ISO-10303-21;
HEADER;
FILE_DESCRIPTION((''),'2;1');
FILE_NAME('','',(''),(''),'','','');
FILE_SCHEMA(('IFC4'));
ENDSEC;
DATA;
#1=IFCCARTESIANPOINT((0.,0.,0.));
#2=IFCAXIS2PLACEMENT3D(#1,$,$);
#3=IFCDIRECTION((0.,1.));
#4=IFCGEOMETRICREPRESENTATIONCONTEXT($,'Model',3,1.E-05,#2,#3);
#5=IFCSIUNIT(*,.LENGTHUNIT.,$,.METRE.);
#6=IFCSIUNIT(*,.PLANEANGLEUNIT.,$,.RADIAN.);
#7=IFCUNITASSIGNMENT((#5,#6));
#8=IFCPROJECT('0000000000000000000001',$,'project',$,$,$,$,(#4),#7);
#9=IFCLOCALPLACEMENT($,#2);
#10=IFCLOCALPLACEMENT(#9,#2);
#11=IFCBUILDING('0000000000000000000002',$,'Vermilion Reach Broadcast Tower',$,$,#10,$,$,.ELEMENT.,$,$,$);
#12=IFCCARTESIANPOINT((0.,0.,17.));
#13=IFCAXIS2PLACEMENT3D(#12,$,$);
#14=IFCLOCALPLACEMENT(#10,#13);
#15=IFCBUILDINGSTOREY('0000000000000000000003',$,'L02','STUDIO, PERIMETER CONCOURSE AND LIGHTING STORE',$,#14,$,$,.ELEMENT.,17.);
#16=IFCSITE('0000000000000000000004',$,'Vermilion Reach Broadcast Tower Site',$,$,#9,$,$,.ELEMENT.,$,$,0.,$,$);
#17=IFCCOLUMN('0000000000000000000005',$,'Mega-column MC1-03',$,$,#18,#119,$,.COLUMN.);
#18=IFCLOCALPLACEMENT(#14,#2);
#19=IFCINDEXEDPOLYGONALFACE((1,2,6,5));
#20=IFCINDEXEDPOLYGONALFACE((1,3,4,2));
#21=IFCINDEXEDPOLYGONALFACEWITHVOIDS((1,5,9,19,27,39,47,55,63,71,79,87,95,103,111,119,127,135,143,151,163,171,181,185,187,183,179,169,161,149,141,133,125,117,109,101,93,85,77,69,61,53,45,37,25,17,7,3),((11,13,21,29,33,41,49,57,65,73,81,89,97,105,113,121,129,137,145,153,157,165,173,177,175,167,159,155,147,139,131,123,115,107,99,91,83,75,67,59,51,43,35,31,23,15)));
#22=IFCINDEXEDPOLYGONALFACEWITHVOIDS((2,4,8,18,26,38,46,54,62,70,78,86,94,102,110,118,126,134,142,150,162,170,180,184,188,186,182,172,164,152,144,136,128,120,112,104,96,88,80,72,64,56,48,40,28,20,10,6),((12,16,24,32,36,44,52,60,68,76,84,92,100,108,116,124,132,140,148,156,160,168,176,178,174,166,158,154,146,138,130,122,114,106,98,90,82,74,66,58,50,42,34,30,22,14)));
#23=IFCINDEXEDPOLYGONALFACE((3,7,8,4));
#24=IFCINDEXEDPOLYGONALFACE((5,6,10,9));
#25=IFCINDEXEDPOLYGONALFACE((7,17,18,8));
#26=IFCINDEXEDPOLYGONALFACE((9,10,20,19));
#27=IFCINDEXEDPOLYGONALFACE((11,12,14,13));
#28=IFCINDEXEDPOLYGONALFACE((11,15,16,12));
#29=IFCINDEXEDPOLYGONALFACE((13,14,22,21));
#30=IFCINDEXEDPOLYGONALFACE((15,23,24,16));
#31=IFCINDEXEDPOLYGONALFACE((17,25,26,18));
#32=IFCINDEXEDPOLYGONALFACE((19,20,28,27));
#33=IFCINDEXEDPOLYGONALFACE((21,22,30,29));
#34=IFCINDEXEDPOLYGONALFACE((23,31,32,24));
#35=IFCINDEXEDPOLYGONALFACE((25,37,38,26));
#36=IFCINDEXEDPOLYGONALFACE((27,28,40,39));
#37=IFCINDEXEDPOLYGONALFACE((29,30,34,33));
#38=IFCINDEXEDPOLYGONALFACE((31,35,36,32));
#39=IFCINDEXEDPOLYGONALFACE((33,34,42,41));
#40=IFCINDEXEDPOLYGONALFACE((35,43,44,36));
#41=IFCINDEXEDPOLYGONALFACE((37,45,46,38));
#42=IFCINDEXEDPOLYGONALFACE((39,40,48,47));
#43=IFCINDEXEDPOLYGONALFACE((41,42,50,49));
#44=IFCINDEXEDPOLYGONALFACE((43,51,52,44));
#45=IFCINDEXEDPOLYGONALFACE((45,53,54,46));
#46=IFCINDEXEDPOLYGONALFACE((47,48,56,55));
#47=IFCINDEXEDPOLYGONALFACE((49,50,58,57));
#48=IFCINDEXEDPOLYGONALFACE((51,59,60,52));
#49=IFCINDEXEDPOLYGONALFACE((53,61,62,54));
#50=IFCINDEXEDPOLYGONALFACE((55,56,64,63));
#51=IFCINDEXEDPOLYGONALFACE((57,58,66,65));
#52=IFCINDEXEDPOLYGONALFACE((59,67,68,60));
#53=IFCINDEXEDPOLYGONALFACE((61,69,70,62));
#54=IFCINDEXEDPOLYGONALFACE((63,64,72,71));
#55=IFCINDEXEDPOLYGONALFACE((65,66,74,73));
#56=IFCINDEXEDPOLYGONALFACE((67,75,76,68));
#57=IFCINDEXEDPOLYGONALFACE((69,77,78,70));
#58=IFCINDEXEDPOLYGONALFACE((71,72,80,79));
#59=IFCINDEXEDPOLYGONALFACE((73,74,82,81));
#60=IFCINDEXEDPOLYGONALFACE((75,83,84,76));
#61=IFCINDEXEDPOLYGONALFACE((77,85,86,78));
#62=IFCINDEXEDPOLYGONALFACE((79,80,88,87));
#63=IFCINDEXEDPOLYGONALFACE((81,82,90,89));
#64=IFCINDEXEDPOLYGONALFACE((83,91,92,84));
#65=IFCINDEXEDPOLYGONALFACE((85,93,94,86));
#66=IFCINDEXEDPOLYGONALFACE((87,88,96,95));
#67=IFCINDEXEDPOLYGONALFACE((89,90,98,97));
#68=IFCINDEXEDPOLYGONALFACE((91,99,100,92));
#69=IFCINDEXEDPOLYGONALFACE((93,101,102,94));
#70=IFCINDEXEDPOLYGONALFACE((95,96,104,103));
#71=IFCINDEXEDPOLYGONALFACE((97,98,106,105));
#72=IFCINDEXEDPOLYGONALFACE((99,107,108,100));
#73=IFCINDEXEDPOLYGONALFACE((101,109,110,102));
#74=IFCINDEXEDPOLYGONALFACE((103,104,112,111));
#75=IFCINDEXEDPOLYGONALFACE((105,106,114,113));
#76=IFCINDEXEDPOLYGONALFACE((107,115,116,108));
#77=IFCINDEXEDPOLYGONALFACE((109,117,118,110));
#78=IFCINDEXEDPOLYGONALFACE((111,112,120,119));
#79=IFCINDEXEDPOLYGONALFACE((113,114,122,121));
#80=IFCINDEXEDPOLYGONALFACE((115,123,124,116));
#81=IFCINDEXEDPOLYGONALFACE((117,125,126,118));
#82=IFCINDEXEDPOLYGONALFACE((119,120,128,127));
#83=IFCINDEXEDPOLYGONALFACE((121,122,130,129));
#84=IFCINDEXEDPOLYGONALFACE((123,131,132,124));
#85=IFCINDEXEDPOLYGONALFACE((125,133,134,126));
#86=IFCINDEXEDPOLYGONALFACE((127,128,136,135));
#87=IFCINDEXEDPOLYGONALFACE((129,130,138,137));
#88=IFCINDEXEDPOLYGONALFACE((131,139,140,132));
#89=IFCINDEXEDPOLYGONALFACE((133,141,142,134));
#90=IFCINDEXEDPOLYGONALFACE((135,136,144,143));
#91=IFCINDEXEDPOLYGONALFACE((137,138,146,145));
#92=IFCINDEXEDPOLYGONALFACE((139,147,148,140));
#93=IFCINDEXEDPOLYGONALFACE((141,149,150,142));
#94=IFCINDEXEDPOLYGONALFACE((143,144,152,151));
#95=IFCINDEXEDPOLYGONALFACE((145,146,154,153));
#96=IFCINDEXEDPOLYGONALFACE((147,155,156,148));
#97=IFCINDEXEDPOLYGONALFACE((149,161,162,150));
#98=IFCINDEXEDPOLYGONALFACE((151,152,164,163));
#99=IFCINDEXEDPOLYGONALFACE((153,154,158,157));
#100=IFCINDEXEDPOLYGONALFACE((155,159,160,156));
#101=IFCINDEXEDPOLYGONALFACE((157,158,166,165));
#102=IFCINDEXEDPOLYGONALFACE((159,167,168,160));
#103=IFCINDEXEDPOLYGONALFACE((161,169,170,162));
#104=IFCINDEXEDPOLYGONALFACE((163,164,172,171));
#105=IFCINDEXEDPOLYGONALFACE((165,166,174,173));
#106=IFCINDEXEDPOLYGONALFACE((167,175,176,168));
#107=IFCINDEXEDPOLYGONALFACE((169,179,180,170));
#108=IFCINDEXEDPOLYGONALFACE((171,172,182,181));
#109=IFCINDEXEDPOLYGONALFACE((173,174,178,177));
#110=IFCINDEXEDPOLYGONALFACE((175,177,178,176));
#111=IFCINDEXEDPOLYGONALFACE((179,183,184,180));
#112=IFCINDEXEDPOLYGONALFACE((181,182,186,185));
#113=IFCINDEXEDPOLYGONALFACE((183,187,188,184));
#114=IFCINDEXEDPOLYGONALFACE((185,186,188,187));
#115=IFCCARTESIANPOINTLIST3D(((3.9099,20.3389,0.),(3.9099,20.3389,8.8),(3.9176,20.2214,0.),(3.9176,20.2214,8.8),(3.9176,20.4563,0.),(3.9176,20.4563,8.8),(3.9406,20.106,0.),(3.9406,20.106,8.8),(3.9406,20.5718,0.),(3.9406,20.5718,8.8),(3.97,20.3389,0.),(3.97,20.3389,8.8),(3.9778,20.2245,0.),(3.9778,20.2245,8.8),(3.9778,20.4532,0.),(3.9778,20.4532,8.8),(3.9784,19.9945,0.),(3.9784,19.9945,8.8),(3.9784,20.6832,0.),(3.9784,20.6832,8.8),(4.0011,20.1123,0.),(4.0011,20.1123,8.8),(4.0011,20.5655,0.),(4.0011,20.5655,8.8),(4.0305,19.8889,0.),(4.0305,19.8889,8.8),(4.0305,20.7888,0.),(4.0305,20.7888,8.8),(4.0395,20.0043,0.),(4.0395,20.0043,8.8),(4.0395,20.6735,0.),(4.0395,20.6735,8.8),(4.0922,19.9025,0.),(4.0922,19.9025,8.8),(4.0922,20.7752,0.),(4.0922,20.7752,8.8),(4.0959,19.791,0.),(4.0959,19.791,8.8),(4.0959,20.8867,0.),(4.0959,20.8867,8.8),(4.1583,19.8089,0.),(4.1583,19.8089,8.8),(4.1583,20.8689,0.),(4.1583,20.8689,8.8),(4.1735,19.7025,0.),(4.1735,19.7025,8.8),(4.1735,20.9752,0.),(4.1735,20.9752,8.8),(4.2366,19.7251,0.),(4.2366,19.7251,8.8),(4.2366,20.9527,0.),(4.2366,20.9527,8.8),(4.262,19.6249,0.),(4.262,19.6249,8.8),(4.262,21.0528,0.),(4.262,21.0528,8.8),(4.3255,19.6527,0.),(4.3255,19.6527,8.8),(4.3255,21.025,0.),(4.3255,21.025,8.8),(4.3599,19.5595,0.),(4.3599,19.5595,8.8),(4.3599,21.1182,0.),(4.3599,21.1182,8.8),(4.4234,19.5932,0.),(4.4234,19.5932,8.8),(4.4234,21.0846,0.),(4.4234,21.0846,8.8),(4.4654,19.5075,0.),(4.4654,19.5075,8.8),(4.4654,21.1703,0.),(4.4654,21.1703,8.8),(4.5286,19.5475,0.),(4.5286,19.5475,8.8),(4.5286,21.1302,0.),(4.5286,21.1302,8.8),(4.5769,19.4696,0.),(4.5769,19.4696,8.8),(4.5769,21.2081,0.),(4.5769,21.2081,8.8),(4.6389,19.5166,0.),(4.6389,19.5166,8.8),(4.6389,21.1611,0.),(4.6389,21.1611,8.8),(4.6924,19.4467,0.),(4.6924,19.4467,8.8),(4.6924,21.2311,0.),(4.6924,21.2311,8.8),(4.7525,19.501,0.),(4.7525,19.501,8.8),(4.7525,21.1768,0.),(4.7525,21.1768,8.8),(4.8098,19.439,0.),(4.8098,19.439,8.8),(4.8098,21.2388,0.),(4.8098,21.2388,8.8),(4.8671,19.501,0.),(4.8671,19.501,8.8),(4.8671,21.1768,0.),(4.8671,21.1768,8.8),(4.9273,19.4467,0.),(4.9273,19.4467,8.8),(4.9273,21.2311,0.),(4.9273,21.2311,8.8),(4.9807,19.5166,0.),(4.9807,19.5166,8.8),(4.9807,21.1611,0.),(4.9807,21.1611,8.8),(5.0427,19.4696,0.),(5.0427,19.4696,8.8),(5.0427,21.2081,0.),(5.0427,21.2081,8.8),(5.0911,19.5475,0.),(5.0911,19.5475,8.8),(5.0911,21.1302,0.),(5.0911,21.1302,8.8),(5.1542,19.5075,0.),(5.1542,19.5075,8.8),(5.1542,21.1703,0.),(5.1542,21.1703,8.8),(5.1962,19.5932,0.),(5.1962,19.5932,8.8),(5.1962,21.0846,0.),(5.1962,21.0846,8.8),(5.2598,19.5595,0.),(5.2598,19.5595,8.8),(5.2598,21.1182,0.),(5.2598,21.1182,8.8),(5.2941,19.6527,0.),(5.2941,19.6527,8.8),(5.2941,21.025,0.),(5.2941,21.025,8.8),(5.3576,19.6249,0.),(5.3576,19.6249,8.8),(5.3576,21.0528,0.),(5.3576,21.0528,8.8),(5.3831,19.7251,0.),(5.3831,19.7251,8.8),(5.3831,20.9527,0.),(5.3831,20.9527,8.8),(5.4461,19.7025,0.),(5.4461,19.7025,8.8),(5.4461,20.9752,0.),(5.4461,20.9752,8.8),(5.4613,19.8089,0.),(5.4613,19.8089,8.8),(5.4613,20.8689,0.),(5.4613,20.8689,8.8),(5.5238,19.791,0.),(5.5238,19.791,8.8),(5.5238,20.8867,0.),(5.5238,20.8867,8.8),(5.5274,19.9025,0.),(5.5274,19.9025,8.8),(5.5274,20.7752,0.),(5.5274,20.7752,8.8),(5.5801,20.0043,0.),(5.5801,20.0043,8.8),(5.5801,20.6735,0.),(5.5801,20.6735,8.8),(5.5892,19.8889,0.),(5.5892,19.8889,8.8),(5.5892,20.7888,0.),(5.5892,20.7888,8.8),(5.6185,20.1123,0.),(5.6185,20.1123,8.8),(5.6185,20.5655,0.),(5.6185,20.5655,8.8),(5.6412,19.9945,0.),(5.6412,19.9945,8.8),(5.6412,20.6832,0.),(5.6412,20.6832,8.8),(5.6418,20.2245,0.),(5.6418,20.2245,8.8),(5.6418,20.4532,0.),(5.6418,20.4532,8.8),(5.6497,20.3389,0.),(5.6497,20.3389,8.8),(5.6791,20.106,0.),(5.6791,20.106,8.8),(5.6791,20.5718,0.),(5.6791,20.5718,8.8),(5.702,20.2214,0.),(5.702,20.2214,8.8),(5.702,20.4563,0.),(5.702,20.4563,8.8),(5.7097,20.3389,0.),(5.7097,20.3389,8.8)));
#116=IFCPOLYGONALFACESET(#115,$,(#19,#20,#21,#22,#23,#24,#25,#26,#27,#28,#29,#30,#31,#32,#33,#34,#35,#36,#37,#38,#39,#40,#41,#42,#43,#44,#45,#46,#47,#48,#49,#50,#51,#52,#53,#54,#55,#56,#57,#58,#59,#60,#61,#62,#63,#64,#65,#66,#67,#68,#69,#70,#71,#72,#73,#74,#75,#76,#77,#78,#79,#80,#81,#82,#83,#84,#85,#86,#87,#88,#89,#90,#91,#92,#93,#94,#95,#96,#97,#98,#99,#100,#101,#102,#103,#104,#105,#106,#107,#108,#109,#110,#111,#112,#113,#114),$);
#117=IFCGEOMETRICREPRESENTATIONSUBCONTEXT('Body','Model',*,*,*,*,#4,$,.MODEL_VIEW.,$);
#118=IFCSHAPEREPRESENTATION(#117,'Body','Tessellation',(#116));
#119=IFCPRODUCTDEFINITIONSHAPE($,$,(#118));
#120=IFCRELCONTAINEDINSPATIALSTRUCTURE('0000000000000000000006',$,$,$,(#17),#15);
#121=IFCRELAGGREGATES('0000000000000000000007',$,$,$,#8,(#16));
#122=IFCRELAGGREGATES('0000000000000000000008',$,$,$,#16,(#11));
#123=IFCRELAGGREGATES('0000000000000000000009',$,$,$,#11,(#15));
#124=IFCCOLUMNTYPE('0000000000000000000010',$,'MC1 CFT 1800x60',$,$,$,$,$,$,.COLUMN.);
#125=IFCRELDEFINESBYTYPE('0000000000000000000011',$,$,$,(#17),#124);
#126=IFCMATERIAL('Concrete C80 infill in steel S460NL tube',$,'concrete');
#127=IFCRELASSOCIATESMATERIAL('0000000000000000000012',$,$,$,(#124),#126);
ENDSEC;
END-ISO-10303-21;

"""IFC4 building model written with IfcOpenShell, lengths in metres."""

from ifc_helpers import new_model, si_unit, direction, frame, origin, origin_2d, place, context, subcontext, project, spatial, hollow_circle, extrude, material, material_profile, profile_set, type_object, element, save


model = new_model("IFC4")

# Units and contexts
model_context = context("Model", 3, precision=1e-05, world=origin(), true_north=direction((0.0, 1.0)))
body_context = subcontext(model_context, "Body", "Model", "MODEL_VIEW")
ifc_project = project(units=[si_unit("LENGTHUNIT", "METRE"), si_unit("PLANEANGLEUNIT", "RADIAN")], contexts=[model_context])

# Site, building, storey
site_placement = place(None, origin())
site = spatial("IfcSite", under=ifc_project, at=site_placement, Name="Vermilion Reach Broadcast Tower Site", CompositionType="ELEMENT", RefElevation=0.0)
building_placement = place(site_placement, origin())
building = spatial("IfcBuilding", under=site, at=building_placement, Name="Vermilion Reach Broadcast Tower", CompositionType="ELEMENT")
storey_placement = place(building_placement, frame((0.0, 0.0, 17.0)))
storey = spatial("IfcBuildingStorey", under=building, at=storey_placement, Name="L02", Description="STUDIO, PERIMETER CONCOURSE AND LIGHTING STORE", CompositionType="ELEMENT", Elevation=17.0)

# Column
ifc_material_1 = material(Name="Concrete C80 infill in steel S460NL tube", Category="concrete")
ifc_material_profile_1 = material_profile(ifc_material_1, hollow_circle(Radius=0.8999, WallThickness=0.0601, at=origin_2d()), Name="Concrete C80 infill in steel S460NL tube CFT 1800x60")
ifc_profile_set_1 = profile_set([ifc_material_profile_1], Name="Concrete C80 infill in steel S460NL tube")
column_type = type_object("IfcColumnType", Name="MC1 CFT 1800x60", PredefinedType="COLUMN", material=ifc_profile_set_1)
for number, where, z_axis, x_axis, name in (
    (1, (4.8098, 20.3389, 0.0), (0.0, 0.0, 1.0), (1.0, 0.0, 0.0), "Mega-column MC1-03"),
):
    element("IfcColumn", number, at=place(storey_placement, frame(where, z_axis=z_axis, x_axis=x_axis)), inside=storey, type_object=column_type, Name=name, PredefinedType="COLUMN", context=body_context, shape_type="SweptSolid", body=[
        extrude(hollow_circle(Radius=0.8999, WallThickness=0.0601, at=origin_2d()), origin(), (0.0, 0.0, 1.0), 8.8),
    ])

save(model, "model.ifc")
